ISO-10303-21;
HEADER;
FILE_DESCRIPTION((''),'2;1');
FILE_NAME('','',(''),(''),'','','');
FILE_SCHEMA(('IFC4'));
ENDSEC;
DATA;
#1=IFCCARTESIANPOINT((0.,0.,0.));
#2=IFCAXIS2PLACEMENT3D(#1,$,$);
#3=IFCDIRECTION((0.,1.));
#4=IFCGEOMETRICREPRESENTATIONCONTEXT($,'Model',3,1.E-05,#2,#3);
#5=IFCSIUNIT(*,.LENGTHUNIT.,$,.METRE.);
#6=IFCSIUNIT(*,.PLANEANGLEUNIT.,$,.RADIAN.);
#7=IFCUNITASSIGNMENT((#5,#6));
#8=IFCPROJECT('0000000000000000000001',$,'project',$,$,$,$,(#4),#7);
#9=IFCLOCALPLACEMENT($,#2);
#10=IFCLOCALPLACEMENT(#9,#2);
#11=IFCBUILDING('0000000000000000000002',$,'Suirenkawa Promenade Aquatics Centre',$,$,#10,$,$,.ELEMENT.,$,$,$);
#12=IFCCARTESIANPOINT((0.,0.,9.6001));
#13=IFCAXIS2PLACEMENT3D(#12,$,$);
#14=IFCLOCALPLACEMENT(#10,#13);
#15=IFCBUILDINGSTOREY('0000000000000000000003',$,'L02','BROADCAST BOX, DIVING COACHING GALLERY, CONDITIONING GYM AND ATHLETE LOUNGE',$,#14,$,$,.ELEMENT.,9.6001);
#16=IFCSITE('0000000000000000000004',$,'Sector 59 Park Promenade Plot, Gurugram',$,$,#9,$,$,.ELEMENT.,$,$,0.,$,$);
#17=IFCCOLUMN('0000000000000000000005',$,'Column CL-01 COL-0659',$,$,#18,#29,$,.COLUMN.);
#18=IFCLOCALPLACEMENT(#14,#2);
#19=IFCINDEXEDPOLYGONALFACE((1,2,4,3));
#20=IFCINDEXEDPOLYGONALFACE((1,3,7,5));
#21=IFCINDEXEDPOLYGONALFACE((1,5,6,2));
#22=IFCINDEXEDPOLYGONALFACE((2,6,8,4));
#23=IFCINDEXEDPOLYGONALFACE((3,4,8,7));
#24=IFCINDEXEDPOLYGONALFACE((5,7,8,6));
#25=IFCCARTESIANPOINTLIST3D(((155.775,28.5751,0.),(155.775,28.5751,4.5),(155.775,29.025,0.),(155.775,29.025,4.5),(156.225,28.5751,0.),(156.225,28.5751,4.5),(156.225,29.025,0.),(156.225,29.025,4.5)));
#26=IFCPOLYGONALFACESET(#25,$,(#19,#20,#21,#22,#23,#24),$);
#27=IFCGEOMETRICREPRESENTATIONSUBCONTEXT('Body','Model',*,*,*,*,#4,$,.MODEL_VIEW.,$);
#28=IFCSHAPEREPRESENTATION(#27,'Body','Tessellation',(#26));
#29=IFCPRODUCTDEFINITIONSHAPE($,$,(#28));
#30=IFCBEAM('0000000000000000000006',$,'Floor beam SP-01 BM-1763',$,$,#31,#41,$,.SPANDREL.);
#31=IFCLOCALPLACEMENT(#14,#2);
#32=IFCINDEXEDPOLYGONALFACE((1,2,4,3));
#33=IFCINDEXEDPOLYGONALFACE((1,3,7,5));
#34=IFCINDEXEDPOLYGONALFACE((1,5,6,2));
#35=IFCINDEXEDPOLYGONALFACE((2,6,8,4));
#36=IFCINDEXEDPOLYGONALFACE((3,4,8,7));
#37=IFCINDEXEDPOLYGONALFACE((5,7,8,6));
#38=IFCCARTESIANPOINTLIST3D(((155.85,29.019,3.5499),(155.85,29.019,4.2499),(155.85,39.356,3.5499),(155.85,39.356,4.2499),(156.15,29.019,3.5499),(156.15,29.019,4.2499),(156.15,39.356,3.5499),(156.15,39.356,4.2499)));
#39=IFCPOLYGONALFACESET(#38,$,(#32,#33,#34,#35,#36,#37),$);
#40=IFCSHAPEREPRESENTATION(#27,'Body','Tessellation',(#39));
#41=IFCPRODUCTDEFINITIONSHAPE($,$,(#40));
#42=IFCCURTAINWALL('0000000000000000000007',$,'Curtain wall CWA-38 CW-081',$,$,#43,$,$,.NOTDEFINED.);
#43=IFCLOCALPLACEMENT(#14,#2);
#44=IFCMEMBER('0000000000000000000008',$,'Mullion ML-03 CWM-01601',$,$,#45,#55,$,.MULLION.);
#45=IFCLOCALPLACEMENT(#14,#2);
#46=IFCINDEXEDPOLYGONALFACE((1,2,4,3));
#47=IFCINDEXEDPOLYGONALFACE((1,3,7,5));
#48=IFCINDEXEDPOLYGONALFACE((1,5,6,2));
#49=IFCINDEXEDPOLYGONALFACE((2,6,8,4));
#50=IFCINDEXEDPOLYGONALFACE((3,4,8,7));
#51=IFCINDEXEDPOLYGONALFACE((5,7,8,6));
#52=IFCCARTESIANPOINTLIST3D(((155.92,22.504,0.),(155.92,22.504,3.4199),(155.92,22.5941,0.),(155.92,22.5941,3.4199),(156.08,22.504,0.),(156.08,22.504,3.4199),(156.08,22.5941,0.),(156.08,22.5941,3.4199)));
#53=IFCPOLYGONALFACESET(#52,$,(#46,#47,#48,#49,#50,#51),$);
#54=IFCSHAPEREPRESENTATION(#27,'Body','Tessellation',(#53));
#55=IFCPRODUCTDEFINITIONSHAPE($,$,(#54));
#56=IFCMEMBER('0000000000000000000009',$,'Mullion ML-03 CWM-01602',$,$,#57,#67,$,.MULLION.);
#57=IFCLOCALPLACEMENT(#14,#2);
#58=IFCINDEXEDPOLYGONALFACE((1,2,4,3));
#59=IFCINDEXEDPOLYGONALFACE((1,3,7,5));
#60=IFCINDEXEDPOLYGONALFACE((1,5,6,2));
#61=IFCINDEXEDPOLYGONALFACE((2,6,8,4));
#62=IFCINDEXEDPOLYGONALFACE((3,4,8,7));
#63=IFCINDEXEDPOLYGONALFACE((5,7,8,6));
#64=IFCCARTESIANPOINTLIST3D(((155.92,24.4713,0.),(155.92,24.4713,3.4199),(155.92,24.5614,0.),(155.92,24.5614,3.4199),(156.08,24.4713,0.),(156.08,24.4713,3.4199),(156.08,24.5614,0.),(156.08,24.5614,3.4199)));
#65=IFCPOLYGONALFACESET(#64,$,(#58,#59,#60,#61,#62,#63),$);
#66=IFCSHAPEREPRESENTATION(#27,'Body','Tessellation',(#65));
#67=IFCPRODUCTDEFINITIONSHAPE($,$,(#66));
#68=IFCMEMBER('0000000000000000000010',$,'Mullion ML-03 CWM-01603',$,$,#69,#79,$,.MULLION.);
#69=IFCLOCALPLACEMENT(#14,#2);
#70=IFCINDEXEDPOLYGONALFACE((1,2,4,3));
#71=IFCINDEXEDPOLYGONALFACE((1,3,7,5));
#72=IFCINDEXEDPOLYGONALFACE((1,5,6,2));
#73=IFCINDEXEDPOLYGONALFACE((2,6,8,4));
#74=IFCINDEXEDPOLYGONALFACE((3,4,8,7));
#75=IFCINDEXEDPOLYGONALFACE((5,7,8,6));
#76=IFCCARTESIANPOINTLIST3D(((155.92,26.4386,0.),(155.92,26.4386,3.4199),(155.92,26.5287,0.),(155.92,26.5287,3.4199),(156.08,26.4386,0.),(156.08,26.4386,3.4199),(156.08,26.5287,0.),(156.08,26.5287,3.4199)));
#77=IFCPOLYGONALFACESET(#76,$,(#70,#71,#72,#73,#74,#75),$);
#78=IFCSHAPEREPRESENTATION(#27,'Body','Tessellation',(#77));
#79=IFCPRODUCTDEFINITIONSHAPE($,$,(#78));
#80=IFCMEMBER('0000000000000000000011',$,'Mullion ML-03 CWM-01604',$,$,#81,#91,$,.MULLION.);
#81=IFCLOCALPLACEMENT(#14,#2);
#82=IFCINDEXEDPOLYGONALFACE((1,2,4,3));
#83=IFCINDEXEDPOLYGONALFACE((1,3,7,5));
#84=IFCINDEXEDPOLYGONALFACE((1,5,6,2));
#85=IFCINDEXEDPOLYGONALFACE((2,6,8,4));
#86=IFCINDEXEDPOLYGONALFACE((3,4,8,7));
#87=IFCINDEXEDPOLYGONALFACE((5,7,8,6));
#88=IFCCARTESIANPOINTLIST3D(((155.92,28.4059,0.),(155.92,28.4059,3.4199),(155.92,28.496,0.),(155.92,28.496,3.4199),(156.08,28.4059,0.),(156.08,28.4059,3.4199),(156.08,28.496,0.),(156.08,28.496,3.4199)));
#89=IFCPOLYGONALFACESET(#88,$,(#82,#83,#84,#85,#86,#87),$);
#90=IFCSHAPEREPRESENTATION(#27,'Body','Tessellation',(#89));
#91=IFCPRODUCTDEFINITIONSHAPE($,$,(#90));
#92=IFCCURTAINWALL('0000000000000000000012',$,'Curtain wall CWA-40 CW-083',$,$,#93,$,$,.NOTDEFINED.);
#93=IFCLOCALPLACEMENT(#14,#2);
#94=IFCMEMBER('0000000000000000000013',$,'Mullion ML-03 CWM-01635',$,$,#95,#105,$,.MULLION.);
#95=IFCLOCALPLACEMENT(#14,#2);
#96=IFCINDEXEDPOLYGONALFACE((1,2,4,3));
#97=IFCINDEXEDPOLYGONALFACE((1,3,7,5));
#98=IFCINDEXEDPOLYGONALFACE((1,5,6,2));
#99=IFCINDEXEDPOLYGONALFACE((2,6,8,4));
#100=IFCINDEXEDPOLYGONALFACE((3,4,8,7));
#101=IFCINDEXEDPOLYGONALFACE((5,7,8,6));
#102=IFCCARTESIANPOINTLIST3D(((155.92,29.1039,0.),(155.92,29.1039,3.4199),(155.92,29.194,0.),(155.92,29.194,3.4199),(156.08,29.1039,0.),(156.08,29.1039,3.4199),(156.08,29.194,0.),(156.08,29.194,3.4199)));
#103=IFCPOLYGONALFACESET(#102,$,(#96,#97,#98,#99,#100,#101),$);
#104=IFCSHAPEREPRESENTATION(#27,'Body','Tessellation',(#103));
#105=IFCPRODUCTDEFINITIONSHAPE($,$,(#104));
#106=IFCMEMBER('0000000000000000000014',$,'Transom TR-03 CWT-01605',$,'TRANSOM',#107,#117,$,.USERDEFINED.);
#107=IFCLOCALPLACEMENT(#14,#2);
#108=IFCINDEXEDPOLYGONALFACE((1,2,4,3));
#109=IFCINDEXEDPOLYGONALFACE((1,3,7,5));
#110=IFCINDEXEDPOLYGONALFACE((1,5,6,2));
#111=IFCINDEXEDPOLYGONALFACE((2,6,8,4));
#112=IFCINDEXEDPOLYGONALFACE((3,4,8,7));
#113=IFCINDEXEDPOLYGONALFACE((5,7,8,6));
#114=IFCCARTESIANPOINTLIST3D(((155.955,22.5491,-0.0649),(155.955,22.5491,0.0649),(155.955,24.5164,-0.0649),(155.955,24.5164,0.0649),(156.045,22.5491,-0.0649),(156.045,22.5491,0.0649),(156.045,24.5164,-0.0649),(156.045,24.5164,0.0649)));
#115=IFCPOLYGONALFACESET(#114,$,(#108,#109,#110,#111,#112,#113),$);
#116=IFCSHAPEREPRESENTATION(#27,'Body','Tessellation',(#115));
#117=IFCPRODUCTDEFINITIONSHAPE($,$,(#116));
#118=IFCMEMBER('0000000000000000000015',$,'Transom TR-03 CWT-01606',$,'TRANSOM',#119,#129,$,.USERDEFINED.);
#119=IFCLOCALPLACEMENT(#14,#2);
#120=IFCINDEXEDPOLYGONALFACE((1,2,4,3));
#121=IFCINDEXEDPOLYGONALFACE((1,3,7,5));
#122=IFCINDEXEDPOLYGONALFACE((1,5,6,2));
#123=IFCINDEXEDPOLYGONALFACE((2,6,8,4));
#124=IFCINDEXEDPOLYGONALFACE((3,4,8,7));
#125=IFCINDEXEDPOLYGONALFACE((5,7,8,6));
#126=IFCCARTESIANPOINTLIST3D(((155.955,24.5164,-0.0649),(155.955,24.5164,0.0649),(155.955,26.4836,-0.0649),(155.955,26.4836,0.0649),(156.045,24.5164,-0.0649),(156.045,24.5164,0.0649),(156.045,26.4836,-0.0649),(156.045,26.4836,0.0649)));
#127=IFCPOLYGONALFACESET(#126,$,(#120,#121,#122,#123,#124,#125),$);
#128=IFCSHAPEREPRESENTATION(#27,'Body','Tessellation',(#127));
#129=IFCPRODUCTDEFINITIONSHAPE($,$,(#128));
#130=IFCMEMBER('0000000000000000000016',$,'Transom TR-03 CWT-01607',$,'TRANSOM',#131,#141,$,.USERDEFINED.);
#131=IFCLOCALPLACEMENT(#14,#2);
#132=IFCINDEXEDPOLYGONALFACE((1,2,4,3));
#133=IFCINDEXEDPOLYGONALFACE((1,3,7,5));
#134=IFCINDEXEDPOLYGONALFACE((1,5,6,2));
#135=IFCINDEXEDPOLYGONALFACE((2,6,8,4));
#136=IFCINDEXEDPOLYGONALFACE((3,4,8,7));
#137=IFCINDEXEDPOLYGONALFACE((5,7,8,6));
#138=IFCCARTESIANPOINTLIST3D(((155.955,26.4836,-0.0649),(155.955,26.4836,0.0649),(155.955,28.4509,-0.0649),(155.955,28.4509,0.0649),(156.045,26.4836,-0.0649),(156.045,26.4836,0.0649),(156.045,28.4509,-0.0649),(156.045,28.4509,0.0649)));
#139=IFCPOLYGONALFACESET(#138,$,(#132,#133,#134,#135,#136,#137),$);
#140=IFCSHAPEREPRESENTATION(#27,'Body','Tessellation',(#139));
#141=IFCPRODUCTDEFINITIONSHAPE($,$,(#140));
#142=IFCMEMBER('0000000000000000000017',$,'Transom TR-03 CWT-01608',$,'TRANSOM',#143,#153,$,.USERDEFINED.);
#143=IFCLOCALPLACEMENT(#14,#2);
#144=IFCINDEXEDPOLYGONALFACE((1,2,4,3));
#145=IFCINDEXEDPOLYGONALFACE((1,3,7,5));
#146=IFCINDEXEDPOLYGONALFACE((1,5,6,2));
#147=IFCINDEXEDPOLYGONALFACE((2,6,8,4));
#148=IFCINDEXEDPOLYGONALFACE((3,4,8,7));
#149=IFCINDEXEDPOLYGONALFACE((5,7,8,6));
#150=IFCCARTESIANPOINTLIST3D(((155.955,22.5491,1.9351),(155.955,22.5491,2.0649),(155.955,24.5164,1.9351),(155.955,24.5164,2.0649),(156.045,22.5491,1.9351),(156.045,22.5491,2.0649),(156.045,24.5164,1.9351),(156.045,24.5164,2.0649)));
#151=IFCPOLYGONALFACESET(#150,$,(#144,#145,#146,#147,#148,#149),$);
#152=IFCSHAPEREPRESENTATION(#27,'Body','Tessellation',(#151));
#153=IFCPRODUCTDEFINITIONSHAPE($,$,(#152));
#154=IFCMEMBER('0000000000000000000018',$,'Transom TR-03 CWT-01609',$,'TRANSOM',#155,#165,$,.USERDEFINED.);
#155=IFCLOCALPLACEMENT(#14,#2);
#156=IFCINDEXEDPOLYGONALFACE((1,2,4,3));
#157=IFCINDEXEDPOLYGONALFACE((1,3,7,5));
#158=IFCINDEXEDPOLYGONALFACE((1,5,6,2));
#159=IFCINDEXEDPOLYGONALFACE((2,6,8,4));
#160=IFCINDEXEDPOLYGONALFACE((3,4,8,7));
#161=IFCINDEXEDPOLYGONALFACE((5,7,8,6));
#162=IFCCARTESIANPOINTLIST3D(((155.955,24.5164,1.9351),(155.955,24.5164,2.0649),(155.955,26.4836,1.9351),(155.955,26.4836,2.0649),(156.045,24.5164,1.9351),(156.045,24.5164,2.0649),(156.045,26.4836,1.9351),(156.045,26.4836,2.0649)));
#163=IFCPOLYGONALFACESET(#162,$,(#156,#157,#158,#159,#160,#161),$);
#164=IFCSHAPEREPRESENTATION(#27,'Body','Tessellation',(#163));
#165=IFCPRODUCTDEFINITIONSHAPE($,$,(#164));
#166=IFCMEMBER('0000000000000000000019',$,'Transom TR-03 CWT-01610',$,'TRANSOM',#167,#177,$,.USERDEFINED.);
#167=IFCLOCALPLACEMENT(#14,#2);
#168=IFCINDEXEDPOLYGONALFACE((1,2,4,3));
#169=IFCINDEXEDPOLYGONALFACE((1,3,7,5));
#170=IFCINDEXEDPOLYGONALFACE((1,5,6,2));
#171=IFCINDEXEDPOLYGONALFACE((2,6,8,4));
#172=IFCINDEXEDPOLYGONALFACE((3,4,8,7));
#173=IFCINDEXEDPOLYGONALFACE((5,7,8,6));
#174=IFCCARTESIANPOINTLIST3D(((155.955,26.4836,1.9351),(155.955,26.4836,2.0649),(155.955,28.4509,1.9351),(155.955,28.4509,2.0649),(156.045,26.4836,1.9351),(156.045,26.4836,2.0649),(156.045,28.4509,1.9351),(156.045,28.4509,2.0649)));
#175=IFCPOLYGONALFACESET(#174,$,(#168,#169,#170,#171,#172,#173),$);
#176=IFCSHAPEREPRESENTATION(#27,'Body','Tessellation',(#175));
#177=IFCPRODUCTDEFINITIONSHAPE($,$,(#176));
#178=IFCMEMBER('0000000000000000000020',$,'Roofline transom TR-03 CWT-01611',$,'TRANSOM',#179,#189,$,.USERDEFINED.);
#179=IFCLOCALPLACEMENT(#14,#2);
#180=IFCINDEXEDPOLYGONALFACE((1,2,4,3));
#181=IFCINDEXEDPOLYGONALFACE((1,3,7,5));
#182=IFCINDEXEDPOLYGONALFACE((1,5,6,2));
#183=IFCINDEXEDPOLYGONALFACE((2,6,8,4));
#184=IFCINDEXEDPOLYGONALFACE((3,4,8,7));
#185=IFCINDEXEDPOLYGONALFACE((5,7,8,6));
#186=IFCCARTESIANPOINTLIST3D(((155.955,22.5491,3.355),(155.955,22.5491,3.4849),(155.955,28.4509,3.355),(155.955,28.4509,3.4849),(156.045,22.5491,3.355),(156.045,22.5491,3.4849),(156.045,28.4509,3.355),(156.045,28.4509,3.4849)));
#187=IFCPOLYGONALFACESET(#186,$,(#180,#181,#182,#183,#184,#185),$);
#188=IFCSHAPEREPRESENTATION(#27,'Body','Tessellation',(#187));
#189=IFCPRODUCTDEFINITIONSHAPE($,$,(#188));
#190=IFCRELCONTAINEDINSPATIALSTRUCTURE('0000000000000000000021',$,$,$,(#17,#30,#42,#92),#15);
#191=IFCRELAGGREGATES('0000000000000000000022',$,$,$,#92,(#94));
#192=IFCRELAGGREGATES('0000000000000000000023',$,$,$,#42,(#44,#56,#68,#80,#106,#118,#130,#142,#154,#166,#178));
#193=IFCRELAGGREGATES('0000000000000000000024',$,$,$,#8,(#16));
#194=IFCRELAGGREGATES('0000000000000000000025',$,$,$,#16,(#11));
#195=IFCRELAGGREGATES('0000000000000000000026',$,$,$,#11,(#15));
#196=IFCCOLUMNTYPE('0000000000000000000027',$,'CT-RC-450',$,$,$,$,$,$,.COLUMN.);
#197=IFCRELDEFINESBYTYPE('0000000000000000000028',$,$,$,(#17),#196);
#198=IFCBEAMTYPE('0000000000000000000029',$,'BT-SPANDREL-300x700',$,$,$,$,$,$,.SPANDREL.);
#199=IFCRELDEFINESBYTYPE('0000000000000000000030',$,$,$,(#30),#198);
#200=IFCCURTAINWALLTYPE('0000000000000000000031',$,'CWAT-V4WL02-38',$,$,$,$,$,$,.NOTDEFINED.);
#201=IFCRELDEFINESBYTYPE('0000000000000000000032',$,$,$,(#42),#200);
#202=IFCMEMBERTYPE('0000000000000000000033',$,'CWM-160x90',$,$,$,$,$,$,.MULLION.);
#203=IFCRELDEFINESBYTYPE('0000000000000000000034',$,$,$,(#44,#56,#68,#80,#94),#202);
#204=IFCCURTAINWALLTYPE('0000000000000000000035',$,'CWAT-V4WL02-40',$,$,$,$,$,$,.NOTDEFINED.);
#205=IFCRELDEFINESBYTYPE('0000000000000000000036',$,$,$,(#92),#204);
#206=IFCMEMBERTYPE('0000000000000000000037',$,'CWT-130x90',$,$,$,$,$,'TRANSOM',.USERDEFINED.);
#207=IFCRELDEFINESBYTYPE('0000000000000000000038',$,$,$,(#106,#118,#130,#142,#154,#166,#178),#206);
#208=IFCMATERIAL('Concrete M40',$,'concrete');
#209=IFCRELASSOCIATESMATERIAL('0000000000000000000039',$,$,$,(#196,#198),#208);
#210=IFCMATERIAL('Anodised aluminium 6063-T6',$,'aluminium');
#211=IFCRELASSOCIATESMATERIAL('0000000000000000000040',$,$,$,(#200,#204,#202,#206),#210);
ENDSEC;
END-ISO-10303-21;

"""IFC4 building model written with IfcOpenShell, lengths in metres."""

from ifc_helpers import new_model, si_unit, direction, frame, origin, origin_2d, place, context, subcontext, project, spatial, rectangle, extrude, material, material_profile, profile_set, type_object, element, aggregate, save


model = new_model("IFC4")

# Units and contexts
model_context = context("Model", 3, precision=1e-05, world=origin(), true_north=direction((0.0, 1.0)))
body_context = subcontext(model_context, "Body", "Model", "MODEL_VIEW")
ifc_project = project(units=[si_unit("LENGTHUNIT", "METRE"), si_unit("PLANEANGLEUNIT", "RADIAN")], contexts=[model_context])

# Site, building, storey
site_placement = place(None, origin())
site = spatial("IfcSite", under=ifc_project, at=site_placement, Name="Sector 59 Park Promenade Plot, Gurugram", CompositionType="ELEMENT", RefElevation=0.0)
building_placement = place(site_placement, origin())
building = spatial("IfcBuilding", under=site, at=building_placement, Name="Suirenkawa Promenade Aquatics Centre", CompositionType="ELEMENT")
storey_placement = place(building_placement, frame((0.0, 0.0, 9.6001)))
storey = spatial("IfcBuildingStorey", under=building, at=storey_placement, Name="L02", Description="BROADCAST BOX, DIVING COACHING GALLERY, CONDITIONING GYM AND ATHLETE LOUNGE", CompositionType="ELEMENT", Elevation=9.6001)

# Column
ifc_material_1 = material(Name="Concrete M40", Category="concrete")
ifc_material_profile_1 = material_profile(ifc_material_1, rectangle(XDim=0.45, YDim=0.45, at=origin_2d()), Name="RC COL 450x450", Category="concrete")
ifc_profile_set_1 = profile_set([ifc_material_profile_1], Name="Concrete M40")
column_type = type_object("IfcColumnType", Name="CT-RC-450", PredefinedType="COLUMN", material=ifc_profile_set_1)
column_placement = place(storey_placement, frame((156.0, 28.8, 0.0), z_axis=(0.0, 0.0, 1.0), x_axis=(1.0, 0.0, 0.0)))
element("IfcColumn", 1, at=column_placement, inside=storey, type_object=column_type, Name="Column CL-01 COL-0659", PredefinedType="COLUMN", context=body_context, shape_type="SweptSolid", body=[
    extrude(rectangle(XDim=0.45, YDim=0.45, at=origin_2d()), origin(), (0.0, 0.0, 1.0), 4.5),
])

# Beam
ifc_material_profile_2 = material_profile(ifc_material_1, rectangle(XDim=0.3, YDim=0.7, at=origin_2d()), Name="RC SPANDREL 300x700", Category="concrete")
ifc_profile_set_2 = profile_set([ifc_material_profile_2], Name="Concrete M40")
beam_type = type_object("IfcBeamType", Name="BT-SPANDREL-300x700", PredefinedType="SPANDREL", material=ifc_profile_set_2)
beam_placement = place(storey_placement, frame((156.0, 29.019, 3.8999), z_axis=(0.0, 1.0, 0.0), x_axis=(-1.0, 0.0, 0.0)))
element("IfcBeam", 2, at=beam_placement, inside=storey, type_object=beam_type, Name="Floor beam SP-01 BM-1763", PredefinedType="SPANDREL", context=body_context, shape_type="SweptSolid", body=[
    extrude(rectangle(XDim=0.3, YDim=0.7, at=origin_2d()), origin(), (0.0, 0.0, 1.0), 10.3369),
])

# Curtain wall, members
ifc_material_2 = material(Name="Anodised aluminium 6063-T6", Category="aluminium")
curtain_wall_type_1 = type_object("IfcCurtainWallType", Name="CWAT-V4WL02-38", PredefinedType="NOTDEFINED", material=ifc_material_2)
curtain_wall_1_placement = place(storey_placement, origin())
curtain_wall_1 = element("IfcCurtainWall", 3, at=curtain_wall_1_placement, inside=storey, type_object=curtain_wall_type_1, Name="Curtain wall CWA-38 CW-081", PredefinedType="NOTDEFINED")
ifc_material_profile_3 = material_profile(ifc_material_2, rectangle(XDim=0.0901, YDim=0.1599, at=origin_2d()), Name="ALU MULL 90x160", Category="aluminium")
ifc_profile_set_3 = profile_set([ifc_material_profile_3], Name="Anodised aluminium 6063-T6")
member_type_1 = type_object("IfcMemberType", Name="CWM-160x90", PredefinedType="MULLION", material=ifc_profile_set_3)
member_1_placement = place(storey_placement, frame((156.0, 22.5491, 0.0), z_axis=(0.0, 0.0, 1.0), x_axis=(0.0, 1.0, 0.0)))
member_1 = element("IfcMember", 4, at=member_1_placement, type_object=member_type_1, Name="Mullion ML-03 CWM-01601", PredefinedType="MULLION", context=body_context, shape_type="SweptSolid", body=[
    extrude(rectangle(XDim=0.0901, YDim=0.1599, at=origin_2d()), origin(), (0.0, 0.0, 1.0), 3.4199),
])
member_2_placement = place(storey_placement, frame((156.0, 24.5164, 0.0), z_axis=(0.0, 0.0, 1.0), x_axis=(0.0, 1.0, 0.0)))
member_2 = element("IfcMember", 5, at=member_2_placement, type_object=member_type_1, Name="Mullion ML-03 CWM-01602", PredefinedType="MULLION", context=body_context, shape_type="SweptSolid", body=[
    extrude(rectangle(XDim=0.0901, YDim=0.1599, at=origin_2d()), origin(), (0.0, 0.0, 1.0), 3.4199),
])
member_3_placement = place(storey_placement, frame((156.0, 26.4836, 0.0), z_axis=(0.0, 0.0, 1.0), x_axis=(0.0, 1.0, 0.0)))
member_3 = element("IfcMember", 6, at=member_3_placement, type_object=member_type_1, Name="Mullion ML-03 CWM-01603", PredefinedType="MULLION", context=body_context, shape_type="SweptSolid", body=[
    extrude(rectangle(XDim=0.0901, YDim=0.1599, at=origin_2d()), origin(), (0.0, 0.0, 1.0), 3.4199),
])
member_4_placement = place(storey_placement, frame((156.0, 28.4509, 0.0), z_axis=(0.0, 0.0, 1.0), x_axis=(0.0, 1.0, 0.0)))
member_4 = element("IfcMember", 7, at=member_4_placement, type_object=member_type_1, Name="Mullion ML-03 CWM-01604", PredefinedType="MULLION", context=body_context, shape_type="SweptSolid", body=[
    extrude(rectangle(XDim=0.0901, YDim=0.1599, at=origin_2d()), origin(), (0.0, 0.0, 1.0), 3.4199),
])

# Curtain wall, member
curtain_wall_type_2 = type_object("IfcCurtainWallType", Name="CWAT-V4WL02-40", PredefinedType="NOTDEFINED", material=ifc_material_2)
curtain_wall_2_placement = place(storey_placement, origin())
curtain_wall_2 = element("IfcCurtainWall", 8, at=curtain_wall_2_placement, inside=storey, type_object=curtain_wall_type_2, Name="Curtain wall CWA-40 CW-083", PredefinedType="NOTDEFINED")
member_5_placement = place(storey_placement, frame((156.0, 29.1489, 0.0), z_axis=(0.0, 0.0, 1.0), x_axis=(0.0, 1.0, 0.0)))
member_5 = element("IfcMember", 9, at=member_5_placement, type_object=member_type_1, Name="Mullion ML-03 CWM-01635", PredefinedType="MULLION", context=body_context, shape_type="SweptSolid", body=[
    extrude(rectangle(XDim=0.0901, YDim=0.1599, at=origin_2d()), origin(), (0.0, 0.0, 1.0), 3.4199),
])

# Members
ifc_material_profile_4 = material_profile(ifc_material_2, rectangle(XDim=0.0901, YDim=0.1299, at=origin_2d()), Name="ALU TRAN 90x130", Category="aluminium")
ifc_profile_set_4 = profile_set([ifc_material_profile_4], Name="Anodised aluminium 6063-T6")
member_type_2 = type_object("IfcMemberType", Name="CWT-130x90", ElementType="TRANSOM", PredefinedType="USERDEFINED", material=ifc_profile_set_4)
member_6_placement = place(storey_placement, frame((156.0, 22.5491, 0.0), z_axis=(0.0, 1.0, 0.0), x_axis=(-1.0, 0.0, 0.0)))
member_6 = element("IfcMember", 10, at=member_6_placement, type_object=member_type_2, Name="Transom TR-03 CWT-01605", ObjectType="TRANSOM", PredefinedType="USERDEFINED", context=body_context, shape_type="SweptSolid", body=[
    extrude(rectangle(XDim=0.0901, YDim=0.1299, at=origin_2d()), origin(), (0.0, 0.0, 1.0), 1.9673),
])
member_7_placement = place(storey_placement, frame((156.0, 24.5164, 0.0), z_axis=(0.0, 1.0, 0.0), x_axis=(-1.0, 0.0, 0.0)))
member_7 = element("IfcMember", 11, at=member_7_placement, type_object=member_type_2, Name="Transom TR-03 CWT-01606", ObjectType="TRANSOM", PredefinedType="USERDEFINED", context=body_context, shape_type="SweptSolid", body=[
    extrude(rectangle(XDim=0.0901, YDim=0.1299, at=origin_2d()), origin(), (0.0, 0.0, 1.0), 1.9673),
])
member_8_placement = place(storey_placement, frame((156.0, 26.4836, 0.0), z_axis=(0.0, 1.0, 0.0), x_axis=(-1.0, 0.0, 0.0)))
member_8 = element("IfcMember", 12, at=member_8_placement, type_object=member_type_2, Name="Transom TR-03 CWT-01607", ObjectType="TRANSOM", PredefinedType="USERDEFINED", context=body_context, shape_type="SweptSolid", body=[
    extrude(rectangle(XDim=0.0901, YDim=0.1299, at=origin_2d()), origin(), (0.0, 0.0, 1.0), 1.9673),
])
member_9_placement = place(storey_placement, frame((156.0, 22.5491, 2.0), z_axis=(0.0, 1.0, 0.0), x_axis=(-1.0, 0.0, 0.0)))
member_9 = element("IfcMember", 13, at=member_9_placement, type_object=member_type_2, Name="Transom TR-03 CWT-01608", ObjectType="TRANSOM", PredefinedType="USERDEFINED", context=body_context, shape_type="SweptSolid", body=[
    extrude(rectangle(XDim=0.0901, YDim=0.1299, at=origin_2d()), origin(), (0.0, 0.0, 1.0), 1.9673),
])
member_10_placement = place(storey_placement, frame((156.0, 24.5164, 2.0), z_axis=(0.0, 1.0, 0.0), x_axis=(-1.0, 0.0, 0.0)))
member_10 = element("IfcMember", 14, at=member_10_placement, type_object=member_type_2, Name="Transom TR-03 CWT-01609", ObjectType="TRANSOM", PredefinedType="USERDEFINED", context=body_context, shape_type="SweptSolid", body=[
    extrude(rectangle(XDim=0.0901, YDim=0.1299, at=origin_2d()), origin(), (0.0, 0.0, 1.0), 1.9673),
])
member_11_placement = place(storey_placement, frame((156.0, 26.4836, 2.0), z_axis=(0.0, 1.0, 0.0), x_axis=(-1.0, 0.0, 0.0)))
member_11 = element("IfcMember", 15, at=member_11_placement, type_object=member_type_2, Name="Transom TR-03 CWT-01610", ObjectType="TRANSOM", PredefinedType="USERDEFINED", context=body_context, shape_type="SweptSolid", body=[
    extrude(rectangle(XDim=0.0901, YDim=0.1299, at=origin_2d()), origin(), (0.0, 0.0, 1.0), 1.9673),
])
member_12_placement = place(storey_placement, frame((156.0, 22.5491, 3.4199), z_axis=(0.0, 1.0, 0.0), x_axis=(-1.0, 0.0, 0.0)))
member_12 = element("IfcMember", 16, at=member_12_placement, type_object=member_type_2, Name="Roofline transom TR-03 CWT-01611", ObjectType="TRANSOM", PredefinedType="USERDEFINED", context=body_context, shape_type="SweptSolid", body=[
    extrude(rectangle(XDim=0.0901, YDim=0.1299, at=origin_2d()), origin(), (0.0, 0.0, 1.0), 5.9019),
])
aggregate(curtain_wall_2, [member_5])

aggregate(curtain_wall_1, [member_1, member_2, member_3, member_4, member_6, member_7, member_8, member_9, member_10, member_11, member_12])

save(model, "model.ifc")
